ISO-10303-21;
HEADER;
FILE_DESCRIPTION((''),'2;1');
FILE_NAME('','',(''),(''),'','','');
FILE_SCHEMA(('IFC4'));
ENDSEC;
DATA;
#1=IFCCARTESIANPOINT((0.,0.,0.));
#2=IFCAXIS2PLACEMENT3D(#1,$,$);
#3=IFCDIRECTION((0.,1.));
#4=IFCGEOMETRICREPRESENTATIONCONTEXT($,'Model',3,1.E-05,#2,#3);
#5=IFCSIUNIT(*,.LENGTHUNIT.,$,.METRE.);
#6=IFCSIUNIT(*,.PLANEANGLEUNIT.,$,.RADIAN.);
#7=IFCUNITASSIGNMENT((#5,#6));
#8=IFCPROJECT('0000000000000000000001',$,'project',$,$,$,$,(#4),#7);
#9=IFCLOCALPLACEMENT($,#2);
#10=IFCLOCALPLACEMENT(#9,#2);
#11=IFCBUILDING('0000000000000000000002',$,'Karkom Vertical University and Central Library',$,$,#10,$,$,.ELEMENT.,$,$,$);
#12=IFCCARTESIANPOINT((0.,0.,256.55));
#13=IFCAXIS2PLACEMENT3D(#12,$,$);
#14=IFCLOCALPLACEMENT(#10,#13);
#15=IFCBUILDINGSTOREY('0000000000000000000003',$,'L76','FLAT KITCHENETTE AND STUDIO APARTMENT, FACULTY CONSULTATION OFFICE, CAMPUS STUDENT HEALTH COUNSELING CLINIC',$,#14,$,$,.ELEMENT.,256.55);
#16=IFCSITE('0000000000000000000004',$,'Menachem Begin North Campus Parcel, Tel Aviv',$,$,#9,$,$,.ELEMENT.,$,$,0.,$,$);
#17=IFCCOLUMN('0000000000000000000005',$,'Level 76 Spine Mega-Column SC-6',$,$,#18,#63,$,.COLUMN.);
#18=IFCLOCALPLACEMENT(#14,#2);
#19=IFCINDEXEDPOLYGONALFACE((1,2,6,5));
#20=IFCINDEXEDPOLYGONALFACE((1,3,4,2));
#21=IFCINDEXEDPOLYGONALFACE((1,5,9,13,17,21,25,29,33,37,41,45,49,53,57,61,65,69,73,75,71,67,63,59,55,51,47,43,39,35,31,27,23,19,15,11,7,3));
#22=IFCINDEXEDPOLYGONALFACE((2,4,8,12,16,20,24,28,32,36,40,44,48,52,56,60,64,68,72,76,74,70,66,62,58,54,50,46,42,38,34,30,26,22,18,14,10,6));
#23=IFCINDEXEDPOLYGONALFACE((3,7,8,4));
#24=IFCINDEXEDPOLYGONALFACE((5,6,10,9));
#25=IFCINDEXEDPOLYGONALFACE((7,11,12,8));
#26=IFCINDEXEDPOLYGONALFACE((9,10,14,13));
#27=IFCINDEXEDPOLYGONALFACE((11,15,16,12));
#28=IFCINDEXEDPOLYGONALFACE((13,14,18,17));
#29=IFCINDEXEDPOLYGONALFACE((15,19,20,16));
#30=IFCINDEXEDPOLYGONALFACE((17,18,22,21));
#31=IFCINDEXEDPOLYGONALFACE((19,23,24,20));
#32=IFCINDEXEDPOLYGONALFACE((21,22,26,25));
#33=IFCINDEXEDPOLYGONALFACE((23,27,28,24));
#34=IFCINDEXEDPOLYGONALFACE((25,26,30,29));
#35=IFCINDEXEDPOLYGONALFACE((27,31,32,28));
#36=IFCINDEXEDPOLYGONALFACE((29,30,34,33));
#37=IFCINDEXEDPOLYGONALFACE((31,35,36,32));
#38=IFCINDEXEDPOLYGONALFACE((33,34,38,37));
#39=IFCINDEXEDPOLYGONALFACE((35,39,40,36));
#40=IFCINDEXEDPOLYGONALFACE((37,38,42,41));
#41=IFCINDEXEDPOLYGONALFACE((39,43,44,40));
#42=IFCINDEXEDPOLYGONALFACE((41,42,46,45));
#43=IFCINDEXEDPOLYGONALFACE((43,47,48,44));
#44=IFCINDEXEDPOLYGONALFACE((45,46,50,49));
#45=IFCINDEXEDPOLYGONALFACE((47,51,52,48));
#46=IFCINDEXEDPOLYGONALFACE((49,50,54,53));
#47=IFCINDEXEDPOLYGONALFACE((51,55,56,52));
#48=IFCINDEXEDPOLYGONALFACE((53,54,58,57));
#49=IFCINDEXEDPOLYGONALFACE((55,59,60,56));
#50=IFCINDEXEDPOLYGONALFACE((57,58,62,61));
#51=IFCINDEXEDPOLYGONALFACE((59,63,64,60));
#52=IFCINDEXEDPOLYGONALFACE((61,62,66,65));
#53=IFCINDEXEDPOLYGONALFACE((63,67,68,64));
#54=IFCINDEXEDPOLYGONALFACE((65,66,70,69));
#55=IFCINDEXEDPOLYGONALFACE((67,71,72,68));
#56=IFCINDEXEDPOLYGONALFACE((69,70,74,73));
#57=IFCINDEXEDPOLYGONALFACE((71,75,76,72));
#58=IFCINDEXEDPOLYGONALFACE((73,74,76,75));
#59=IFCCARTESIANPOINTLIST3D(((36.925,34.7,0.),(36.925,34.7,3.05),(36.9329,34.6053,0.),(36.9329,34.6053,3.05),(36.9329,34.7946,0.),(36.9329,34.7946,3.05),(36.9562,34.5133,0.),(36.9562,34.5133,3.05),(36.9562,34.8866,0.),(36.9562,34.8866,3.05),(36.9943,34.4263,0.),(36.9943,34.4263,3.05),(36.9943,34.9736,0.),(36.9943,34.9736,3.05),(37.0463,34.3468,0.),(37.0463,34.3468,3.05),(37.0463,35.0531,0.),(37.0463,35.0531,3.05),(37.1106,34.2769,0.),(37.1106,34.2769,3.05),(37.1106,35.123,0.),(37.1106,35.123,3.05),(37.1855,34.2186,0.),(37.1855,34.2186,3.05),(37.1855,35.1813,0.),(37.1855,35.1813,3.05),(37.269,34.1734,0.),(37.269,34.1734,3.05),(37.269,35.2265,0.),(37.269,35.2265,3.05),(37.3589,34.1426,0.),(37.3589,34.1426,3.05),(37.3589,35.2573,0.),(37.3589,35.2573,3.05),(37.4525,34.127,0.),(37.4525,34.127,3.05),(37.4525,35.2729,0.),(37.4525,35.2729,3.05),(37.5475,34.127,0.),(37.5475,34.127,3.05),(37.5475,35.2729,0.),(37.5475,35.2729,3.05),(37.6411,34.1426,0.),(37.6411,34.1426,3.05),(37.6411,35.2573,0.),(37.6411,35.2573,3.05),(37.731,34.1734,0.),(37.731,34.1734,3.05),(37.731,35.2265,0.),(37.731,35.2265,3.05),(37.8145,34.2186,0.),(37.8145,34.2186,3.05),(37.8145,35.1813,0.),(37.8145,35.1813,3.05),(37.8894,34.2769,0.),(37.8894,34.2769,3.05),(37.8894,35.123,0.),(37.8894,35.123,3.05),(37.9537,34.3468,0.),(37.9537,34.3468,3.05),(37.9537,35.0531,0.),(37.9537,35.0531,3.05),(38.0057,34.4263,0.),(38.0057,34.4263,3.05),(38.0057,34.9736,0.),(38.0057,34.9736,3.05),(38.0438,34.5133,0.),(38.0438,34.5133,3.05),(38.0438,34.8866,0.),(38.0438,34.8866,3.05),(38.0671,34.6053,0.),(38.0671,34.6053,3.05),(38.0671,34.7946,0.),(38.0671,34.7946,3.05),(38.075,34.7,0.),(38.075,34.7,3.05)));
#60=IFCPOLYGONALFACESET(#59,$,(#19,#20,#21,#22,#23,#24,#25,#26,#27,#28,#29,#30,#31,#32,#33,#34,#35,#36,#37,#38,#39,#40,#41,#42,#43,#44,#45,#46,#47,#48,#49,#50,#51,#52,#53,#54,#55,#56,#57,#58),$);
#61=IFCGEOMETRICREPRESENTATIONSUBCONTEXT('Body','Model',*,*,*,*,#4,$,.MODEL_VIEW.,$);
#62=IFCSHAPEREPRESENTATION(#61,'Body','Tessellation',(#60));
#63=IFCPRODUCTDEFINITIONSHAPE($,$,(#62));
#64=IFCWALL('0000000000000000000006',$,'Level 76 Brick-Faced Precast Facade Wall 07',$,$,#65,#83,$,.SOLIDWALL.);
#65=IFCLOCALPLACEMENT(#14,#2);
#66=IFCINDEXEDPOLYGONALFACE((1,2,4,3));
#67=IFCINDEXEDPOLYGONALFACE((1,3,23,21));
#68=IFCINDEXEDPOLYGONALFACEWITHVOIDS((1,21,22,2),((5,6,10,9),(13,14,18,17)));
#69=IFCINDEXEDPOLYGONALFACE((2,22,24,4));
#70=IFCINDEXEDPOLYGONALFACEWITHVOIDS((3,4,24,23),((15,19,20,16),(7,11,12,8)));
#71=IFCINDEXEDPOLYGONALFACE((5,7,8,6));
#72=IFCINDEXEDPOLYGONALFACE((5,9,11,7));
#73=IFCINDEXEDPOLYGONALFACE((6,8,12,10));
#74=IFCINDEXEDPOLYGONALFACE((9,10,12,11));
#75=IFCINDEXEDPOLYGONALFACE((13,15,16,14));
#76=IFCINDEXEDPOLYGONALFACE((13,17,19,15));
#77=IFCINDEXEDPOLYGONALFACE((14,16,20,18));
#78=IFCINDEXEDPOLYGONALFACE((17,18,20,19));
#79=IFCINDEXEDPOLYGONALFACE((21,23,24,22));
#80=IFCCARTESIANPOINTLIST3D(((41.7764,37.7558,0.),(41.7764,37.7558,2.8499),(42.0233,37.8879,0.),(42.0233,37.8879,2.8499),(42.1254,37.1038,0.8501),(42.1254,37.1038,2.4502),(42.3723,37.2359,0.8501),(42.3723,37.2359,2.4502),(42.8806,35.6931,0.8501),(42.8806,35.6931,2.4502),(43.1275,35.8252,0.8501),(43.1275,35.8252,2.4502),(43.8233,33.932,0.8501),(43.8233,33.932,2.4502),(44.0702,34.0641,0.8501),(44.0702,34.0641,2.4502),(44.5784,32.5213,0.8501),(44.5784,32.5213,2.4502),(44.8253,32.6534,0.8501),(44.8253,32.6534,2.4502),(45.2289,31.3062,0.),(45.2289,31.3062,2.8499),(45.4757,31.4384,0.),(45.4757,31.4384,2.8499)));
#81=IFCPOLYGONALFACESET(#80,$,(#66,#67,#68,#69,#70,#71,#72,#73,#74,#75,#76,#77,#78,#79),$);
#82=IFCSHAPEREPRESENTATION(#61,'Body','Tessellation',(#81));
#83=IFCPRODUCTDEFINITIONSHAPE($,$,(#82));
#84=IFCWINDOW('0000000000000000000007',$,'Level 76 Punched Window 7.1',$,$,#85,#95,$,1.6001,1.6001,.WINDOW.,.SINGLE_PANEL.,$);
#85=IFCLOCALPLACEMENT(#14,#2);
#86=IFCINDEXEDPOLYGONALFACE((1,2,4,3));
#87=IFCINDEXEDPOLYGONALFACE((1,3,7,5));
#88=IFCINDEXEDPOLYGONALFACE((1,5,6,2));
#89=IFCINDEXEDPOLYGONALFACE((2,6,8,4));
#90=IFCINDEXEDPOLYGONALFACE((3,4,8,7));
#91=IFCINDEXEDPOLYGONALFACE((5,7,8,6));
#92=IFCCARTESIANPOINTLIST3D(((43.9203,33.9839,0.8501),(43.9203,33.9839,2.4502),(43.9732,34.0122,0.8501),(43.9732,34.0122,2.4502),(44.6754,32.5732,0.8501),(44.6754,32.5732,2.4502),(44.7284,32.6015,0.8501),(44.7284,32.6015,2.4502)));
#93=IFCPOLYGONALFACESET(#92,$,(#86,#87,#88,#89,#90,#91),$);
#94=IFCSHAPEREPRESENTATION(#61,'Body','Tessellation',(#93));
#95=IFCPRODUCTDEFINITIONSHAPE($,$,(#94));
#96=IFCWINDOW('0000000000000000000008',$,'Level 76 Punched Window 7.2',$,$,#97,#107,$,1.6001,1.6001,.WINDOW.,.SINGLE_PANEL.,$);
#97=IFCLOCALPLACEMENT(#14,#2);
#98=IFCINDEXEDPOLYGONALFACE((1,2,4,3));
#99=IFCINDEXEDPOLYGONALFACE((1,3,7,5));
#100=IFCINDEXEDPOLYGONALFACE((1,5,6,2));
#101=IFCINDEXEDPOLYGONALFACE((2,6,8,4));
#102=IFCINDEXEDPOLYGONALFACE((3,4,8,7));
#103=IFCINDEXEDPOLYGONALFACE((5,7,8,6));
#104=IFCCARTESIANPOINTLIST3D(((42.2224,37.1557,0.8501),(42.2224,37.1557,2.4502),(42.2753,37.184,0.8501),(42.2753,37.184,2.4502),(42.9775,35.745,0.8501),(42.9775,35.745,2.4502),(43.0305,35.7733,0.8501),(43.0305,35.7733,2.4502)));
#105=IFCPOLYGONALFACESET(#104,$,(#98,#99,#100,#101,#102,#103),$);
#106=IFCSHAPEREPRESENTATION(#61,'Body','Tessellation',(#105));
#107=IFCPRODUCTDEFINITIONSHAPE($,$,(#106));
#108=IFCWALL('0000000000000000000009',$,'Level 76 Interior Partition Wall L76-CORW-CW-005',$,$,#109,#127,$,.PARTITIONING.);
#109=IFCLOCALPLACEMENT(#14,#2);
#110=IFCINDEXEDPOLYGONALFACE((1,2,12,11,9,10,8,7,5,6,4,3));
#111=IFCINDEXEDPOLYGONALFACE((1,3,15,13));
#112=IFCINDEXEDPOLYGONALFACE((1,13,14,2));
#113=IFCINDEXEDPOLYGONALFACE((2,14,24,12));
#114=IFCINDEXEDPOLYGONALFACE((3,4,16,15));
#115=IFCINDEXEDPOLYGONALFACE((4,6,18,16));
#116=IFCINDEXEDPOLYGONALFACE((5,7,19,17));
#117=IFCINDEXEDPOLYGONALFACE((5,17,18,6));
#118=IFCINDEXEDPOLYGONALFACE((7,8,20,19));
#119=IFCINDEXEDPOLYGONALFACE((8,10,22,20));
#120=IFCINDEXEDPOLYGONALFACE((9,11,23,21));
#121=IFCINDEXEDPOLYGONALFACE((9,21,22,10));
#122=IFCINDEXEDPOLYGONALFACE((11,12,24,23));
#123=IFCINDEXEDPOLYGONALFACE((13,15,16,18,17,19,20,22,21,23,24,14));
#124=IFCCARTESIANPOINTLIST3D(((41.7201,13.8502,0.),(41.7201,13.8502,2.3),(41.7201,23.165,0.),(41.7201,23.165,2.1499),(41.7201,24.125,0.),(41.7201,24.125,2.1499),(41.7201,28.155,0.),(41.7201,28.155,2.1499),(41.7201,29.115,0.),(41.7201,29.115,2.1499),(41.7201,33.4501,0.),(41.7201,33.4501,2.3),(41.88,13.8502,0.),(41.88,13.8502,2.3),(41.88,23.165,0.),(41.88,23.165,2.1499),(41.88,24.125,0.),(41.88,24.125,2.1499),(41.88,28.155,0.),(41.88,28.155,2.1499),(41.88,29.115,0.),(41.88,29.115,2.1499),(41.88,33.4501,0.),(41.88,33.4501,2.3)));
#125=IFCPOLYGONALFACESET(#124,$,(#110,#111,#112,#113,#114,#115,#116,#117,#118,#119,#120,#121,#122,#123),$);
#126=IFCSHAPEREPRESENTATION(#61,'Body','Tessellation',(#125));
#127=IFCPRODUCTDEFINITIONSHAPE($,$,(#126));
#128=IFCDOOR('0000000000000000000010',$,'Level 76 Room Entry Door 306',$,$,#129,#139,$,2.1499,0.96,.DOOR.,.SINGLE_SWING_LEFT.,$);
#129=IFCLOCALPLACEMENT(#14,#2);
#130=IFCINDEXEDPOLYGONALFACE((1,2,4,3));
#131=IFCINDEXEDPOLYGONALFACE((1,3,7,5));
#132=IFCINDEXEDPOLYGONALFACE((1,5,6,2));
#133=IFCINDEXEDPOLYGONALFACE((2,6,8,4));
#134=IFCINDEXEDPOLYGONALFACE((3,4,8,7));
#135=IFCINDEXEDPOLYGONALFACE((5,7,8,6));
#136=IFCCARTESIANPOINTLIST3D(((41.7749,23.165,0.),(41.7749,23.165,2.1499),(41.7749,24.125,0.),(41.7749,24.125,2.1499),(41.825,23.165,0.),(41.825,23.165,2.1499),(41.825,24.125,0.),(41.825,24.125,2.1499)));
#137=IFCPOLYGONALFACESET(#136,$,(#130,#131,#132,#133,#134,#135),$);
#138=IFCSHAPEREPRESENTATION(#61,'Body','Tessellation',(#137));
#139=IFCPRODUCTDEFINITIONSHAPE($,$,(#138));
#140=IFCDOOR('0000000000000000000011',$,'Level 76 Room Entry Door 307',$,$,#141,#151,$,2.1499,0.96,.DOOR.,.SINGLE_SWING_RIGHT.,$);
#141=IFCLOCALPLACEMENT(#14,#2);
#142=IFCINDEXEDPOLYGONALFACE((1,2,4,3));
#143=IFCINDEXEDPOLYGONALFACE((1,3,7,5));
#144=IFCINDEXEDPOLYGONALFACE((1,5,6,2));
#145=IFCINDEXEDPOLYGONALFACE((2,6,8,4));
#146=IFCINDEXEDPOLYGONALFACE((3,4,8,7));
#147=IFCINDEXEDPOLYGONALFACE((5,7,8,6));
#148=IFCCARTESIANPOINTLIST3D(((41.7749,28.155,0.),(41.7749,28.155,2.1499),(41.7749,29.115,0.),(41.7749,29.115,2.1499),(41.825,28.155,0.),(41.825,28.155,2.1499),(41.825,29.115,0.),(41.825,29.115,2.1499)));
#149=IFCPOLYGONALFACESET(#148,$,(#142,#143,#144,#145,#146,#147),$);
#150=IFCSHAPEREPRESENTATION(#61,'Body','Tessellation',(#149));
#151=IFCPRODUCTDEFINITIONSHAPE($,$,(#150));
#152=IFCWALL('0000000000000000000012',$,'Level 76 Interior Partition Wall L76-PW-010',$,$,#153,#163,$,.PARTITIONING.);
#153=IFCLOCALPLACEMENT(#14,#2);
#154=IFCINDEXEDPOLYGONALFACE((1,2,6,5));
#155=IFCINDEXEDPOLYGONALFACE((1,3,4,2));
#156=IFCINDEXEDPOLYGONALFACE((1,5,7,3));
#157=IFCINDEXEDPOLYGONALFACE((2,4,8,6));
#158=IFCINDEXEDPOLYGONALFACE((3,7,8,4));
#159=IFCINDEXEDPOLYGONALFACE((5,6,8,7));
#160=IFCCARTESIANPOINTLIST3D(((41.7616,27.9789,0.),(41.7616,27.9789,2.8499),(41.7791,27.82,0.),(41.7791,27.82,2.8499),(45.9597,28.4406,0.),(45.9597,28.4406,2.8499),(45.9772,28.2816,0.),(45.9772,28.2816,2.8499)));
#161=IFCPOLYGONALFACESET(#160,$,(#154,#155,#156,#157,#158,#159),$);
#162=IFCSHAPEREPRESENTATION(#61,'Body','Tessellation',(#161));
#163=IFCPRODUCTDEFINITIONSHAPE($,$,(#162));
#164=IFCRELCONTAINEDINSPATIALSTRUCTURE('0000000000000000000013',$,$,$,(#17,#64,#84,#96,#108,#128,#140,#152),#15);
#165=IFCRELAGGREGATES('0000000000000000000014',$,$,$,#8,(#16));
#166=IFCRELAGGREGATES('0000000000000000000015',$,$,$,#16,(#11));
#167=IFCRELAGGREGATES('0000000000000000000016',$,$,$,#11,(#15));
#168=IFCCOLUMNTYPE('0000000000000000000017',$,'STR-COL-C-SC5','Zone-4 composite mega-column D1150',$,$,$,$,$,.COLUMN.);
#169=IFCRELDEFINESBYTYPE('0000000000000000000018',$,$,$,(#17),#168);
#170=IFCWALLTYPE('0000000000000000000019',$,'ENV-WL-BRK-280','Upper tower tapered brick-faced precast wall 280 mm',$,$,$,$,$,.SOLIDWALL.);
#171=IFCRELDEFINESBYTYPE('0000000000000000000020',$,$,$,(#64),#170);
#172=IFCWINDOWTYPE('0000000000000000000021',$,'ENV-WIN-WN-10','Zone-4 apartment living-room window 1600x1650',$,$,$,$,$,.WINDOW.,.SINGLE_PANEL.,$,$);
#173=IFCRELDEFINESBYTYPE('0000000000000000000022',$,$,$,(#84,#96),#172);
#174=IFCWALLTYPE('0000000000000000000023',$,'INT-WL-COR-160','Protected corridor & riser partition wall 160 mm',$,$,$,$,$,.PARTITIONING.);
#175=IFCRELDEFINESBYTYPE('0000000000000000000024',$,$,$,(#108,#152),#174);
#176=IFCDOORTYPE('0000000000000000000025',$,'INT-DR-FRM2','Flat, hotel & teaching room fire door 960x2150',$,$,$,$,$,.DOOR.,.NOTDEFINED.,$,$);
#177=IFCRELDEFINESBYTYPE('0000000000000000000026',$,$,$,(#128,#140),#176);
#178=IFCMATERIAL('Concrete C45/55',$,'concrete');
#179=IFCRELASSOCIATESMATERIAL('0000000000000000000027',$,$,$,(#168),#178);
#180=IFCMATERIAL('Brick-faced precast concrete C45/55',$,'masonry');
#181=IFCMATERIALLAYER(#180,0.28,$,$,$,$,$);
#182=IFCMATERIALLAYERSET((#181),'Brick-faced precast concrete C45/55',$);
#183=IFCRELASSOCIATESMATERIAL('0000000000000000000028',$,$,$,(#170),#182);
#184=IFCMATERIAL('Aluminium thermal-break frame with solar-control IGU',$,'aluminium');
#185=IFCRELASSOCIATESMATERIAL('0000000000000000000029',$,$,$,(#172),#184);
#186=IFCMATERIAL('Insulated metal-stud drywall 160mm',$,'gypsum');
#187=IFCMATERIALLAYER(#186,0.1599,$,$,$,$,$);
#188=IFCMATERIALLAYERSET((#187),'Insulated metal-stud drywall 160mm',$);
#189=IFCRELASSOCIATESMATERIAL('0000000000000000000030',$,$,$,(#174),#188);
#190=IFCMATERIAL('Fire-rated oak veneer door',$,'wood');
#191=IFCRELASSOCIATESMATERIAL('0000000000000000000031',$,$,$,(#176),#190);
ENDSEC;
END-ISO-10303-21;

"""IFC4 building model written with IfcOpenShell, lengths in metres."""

from ifc_helpers import new_model, si_unit, direction, frame, frame_2d, origin, origin_with_axes, origin_2d, place, context, subcontext, project, spatial, rectangle, circle, extrude, source, transform, mapped, material, layer, layer_set, material_profile, profile_set, type_object, element, fill, save


model = new_model("IFC4")

# Units and contexts
model_context = context("Model", 3, precision=1e-05, world=origin(), true_north=direction((0.0, 1.0)))
body_context = subcontext(model_context, "Body", "Model", "MODEL_VIEW")
ifc_project = project(units=[si_unit("LENGTHUNIT", "METRE"), si_unit("PLANEANGLEUNIT", "RADIAN")], contexts=[model_context])

# Site, building, storey
site_placement = place(None, origin())
site = spatial("IfcSite", under=ifc_project, at=site_placement, Name="Menachem Begin North Campus Parcel, Tel Aviv", CompositionType="ELEMENT", RefElevation=0.0)
building_placement = place(site_placement, origin())
building = spatial("IfcBuilding", under=site, at=building_placement, Name="Karkom Vertical University and Central Library", CompositionType="ELEMENT")
storey_placement = place(building_placement, frame((0.0, 0.0, 256.55)))
storey = spatial("IfcBuildingStorey", under=building, at=storey_placement, Name="L76", Description="FLAT KITCHENETTE AND STUDIO APARTMENT, FACULTY CONSULTATION OFFICE, CAMPUS STUDENT HEALTH COUNSELING CLINIC", CompositionType="ELEMENT", Elevation=256.55)

# Column
ifc_material_1 = material(Name="Concrete C45/55", Category="concrete")
ifc_material_profile = material_profile(ifc_material_1, circle(Radius=0.575, at=origin_2d()), Name="CFT-D1150")
ifc_profile_set = profile_set([ifc_material_profile], Name="Concrete C45/55")
column_type = type_object("IfcColumnType", Name="STR-COL-C-SC5", Description="Zone-4 composite mega-column D1150", PredefinedType="COLUMN", material=ifc_profile_set)
shared_shape_1 = source(origin_with_axes(), body_context, "Body", "SweptSolid", [
    extrude(circle(Radius=0.575, at=origin_2d()), origin(), (0.0, 0.0, 1.0), 3.05),
])
column_placement = place(storey_placement, frame((37.5, 34.7, 0.0), z_axis=(0.0, 0.0, 1.0), x_axis=(1.0, 0.0, 0.0)))
element("IfcColumn", 1, at=column_placement, inside=storey, type_object=column_type, Name="Level 76 Spine Mega-Column SC-6", PredefinedType="COLUMN", context=body_context, shape_type="MappedRepresentation", body=[
    mapped(shared_shape_1, transform((0.0, 0.0, 0.0), scale=1.0)),
])

# Wall, openings, windows
ifc_material_2 = material(Name="Brick-faced precast concrete C45/55", Category="masonry")
ifc_layer_1 = layer(ifc_material_2, 0.28)
ifc_layer_set_1 = layer_set([ifc_layer_1], Name="Brick-faced precast concrete C45/55")
wall_type_1 = type_object("IfcWallType", Name="ENV-WL-BRK-280", Description="Upper tower tapered brick-faced precast wall 280 mm", PredefinedType="SOLIDWALL", material=ifc_layer_set_1)
wall_1_placement = place(storey_placement, frame((45.3523, 31.3723, 0.0), z_axis=(0.0, 0.0, 1.0), x_axis=(-0.471937, 0.881632, 0.0)))
wall_1 = element("IfcWall", 2, at=wall_1_placement, inside=storey, type_object=wall_type_1, Name="Level 76 Brick-Faced Precast Facade Wall 07", PredefinedType="SOLIDWALL", context=body_context, shape_type="SweptSolid", body=[
    extrude(rectangle(XDim=7.3154, YDim=0.28, at=frame_2d((3.6577, 0.0))), origin(), (0.0, 0.0, 1.0), 2.8499),
])
opening_1_placement = place(wall_1_placement, frame((1.3782, 0.0, 0.8501)))
opening_1 = element("IfcOpeningElement", 3, at=opening_1_placement, cuts=wall_1, PredefinedType="OPENING", context=body_context, shape_type="SweptSolid", body=[
    extrude(rectangle(XDim=1.6001, YDim=1.6001, at=frame_2d((0.8, 0.8))), frame((0.0, 0.1499, 0.0), z_axis=(0.0, -1.0, 0.0), x_axis=(1.0, 0.0, 0.0)), (0.0, 0.0, 1.0), 0.3),
])
opening_2_placement = place(wall_1_placement, frame((4.9758, 0.0, 0.8501)))
opening_2 = element("IfcOpeningElement", 4, at=opening_2_placement, cuts=wall_1, PredefinedType="OPENING", context=body_context, shape_type="SweptSolid", body=[
    extrude(rectangle(XDim=1.6001, YDim=1.6001, at=frame_2d((0.8, 0.8))), frame((0.0, 0.1499, 0.0), z_axis=(0.0, -1.0, 0.0), x_axis=(1.0, 0.0, 0.0)), (0.0, 0.0, 1.0), 0.3),
])
ifc_material_3 = material(Name="Aluminium thermal-break frame with solar-control IGU", Category="aluminium")
window_type = type_object("IfcWindowType", Name="ENV-WIN-WN-10", Description="Zone-4 apartment living-room window 1600x1650", PartitioningType="SINGLE_PANEL", PredefinedType="WINDOW", material=ifc_material_3)
shared_shape_2 = source(origin_with_axes(), body_context, "Body", "SweptSolid", [
    extrude(rectangle(XDim=1.6001, YDim=1.6001, at=frame_2d((0.8, 0.8))), frame((0.0, 0.03, 0.0), z_axis=(0.0, -1.0, 0.0), x_axis=(1.0, 0.0, 0.0)), (0.0, 0.0, 1.0), 0.0601),
])
window_1_placement = place(opening_1_placement, origin())
window_1 = element("IfcWindow", 5, at=window_1_placement, inside=storey, type_object=window_type, Name="Level 76 Punched Window 7.1", OverallHeight=1.6001, OverallWidth=1.6001, PartitioningType="SINGLE_PANEL", PredefinedType="WINDOW", context=body_context, shape_type="MappedRepresentation", body=[
    mapped(shared_shape_2, transform((0.0, 0.0, 0.0), scale=1.0)),
])
fill(opening_1, window_1)
window_2_placement = place(opening_2_placement, origin())
window_2 = element("IfcWindow", 6, at=window_2_placement, inside=storey, type_object=window_type, Name="Level 76 Punched Window 7.2", OverallHeight=1.6001, OverallWidth=1.6001, PartitioningType="SINGLE_PANEL", PredefinedType="WINDOW", context=body_context, shape_type="MappedRepresentation", body=[
    mapped(shared_shape_2, transform((0.0, 0.0, 0.0), scale=1.0)),
])
fill(opening_2, window_2)

# Wall, openings, doors
ifc_material_4 = material(Name="Insulated metal-stud drywall 160mm", Category="gypsum")
ifc_layer_2 = layer(ifc_material_4, 0.1599)
ifc_layer_set_2 = layer_set([ifc_layer_2], Name="Insulated metal-stud drywall 160mm")
wall_type_2 = type_object("IfcWallType", Name="INT-WL-COR-160", Description="Protected corridor & riser partition wall 160 mm", PredefinedType="PARTITIONING", material=ifc_layer_set_2)
wall_2_placement = place(storey_placement, frame((41.8, 33.45, 0.0), z_axis=(0.0, 0.0, 1.0), x_axis=(0.0, -1.0, 0.0)))
wall_2 = element("IfcWall", 7, at=wall_2_placement, inside=storey, type_object=wall_type_2, Name="Level 76 Interior Partition Wall L76-CORW-CW-005", PredefinedType="PARTITIONING", context=body_context, shape_type="SweptSolid", body=[
    extrude(rectangle(XDim=19.5999, YDim=0.1599, at=frame_2d((9.7998, 0.0))), origin(), (0.0, 0.0, 1.0), 2.3),
])
opening_3_placement = place(wall_2_placement, frame((9.325, 0.0, 0.0)))
opening_3 = element("IfcOpeningElement", 8, at=opening_3_placement, cuts=wall_2, PredefinedType="OPENING", context=body_context, shape_type="SweptSolid", body=[
    extrude(rectangle(XDim=0.96, YDim=2.1499, at=frame_2d((0.48, 1.075))), frame((0.0, 0.0898, 0.0), z_axis=(0.0, -1.0, 0.0), x_axis=(1.0, 0.0, 0.0)), (0.0, 0.0, 1.0), 0.1799),
])
opening_4_placement = place(wall_2_placement, frame((4.335, 0.0, 0.0)))
opening_4 = element("IfcOpeningElement", 9, at=opening_4_placement, cuts=wall_2, PredefinedType="OPENING", context=body_context, shape_type="SweptSolid", body=[
    extrude(rectangle(XDim=0.96, YDim=2.1499, at=frame_2d((0.48, 1.075))), frame((0.0, 0.0898, 0.0), z_axis=(0.0, -1.0, 0.0), x_axis=(1.0, 0.0, 0.0)), (0.0, 0.0, 1.0), 0.1799),
])
ifc_material_5 = material(Name="Fire-rated oak veneer door", Category="wood")
door_type_1 = type_object("IfcDoorType", Name="INT-DR-FRM2", Description="Flat, hotel & teaching room fire door 960x2150", OperationType="NOTDEFINED", PredefinedType="DOOR", material=ifc_material_5)
shared_shape_3 = source(origin_with_axes(), body_context, "Body", "SweptSolid", [
    extrude(rectangle(XDim=0.96, YDim=2.1499, at=frame_2d((0.48, 1.075))), frame((0.0, 0.0249, 0.0), z_axis=(0.0, -1.0, 0.0), x_axis=(1.0, 0.0, 0.0)), (0.0, 0.0, 1.0), 0.05),
])
door_1_placement = place(opening_3_placement, origin())
door_1 = element("IfcDoor", 10, at=door_1_placement, inside=storey, type_object=door_type_1, Name="Level 76 Room Entry Door 306", OperationType="SINGLE_SWING_LEFT", OverallHeight=2.1499, OverallWidth=0.96, PredefinedType="DOOR", context=body_context, shape_type="MappedRepresentation", body=[
    mapped(shared_shape_3, transform((0.0, 0.0, 0.0), scale=1.0)),
])
fill(opening_3, door_1)
door_2_placement = place(opening_4_placement, origin())
door_2 = element("IfcDoor", 11, at=door_2_placement, inside=storey, type_object=door_type_1, Name="Level 76 Room Entry Door 307", OperationType="SINGLE_SWING_RIGHT", OverallHeight=2.1499, OverallWidth=0.96, PredefinedType="DOOR", context=body_context, shape_type="MappedRepresentation", body=[
    mapped(shared_shape_3, transform((0.0, 0.0, 0.0), scale=1.0)),
])
fill(opening_4, door_2)

# Wall
wall_3_placement = place(storey_placement, frame((41.7703, 27.8994, 0.0), z_axis=(0.0, 0.0, 1.0), x_axis=(0.994007, 0.109315, 0.0)))
element("IfcWall", 12, at=wall_3_placement, inside=storey, type_object=wall_type_2, Name="Level 76 Interior Partition Wall L76-PW-010", PredefinedType="PARTITIONING", context=body_context, shape_type="SweptSolid", body=[
    extrude(rectangle(XDim=4.2234, YDim=0.1599, at=frame_2d((2.1118, 0.0))), origin(), (0.0, 0.0, 1.0), 2.8499),
])

save(model, "model.ifc")
